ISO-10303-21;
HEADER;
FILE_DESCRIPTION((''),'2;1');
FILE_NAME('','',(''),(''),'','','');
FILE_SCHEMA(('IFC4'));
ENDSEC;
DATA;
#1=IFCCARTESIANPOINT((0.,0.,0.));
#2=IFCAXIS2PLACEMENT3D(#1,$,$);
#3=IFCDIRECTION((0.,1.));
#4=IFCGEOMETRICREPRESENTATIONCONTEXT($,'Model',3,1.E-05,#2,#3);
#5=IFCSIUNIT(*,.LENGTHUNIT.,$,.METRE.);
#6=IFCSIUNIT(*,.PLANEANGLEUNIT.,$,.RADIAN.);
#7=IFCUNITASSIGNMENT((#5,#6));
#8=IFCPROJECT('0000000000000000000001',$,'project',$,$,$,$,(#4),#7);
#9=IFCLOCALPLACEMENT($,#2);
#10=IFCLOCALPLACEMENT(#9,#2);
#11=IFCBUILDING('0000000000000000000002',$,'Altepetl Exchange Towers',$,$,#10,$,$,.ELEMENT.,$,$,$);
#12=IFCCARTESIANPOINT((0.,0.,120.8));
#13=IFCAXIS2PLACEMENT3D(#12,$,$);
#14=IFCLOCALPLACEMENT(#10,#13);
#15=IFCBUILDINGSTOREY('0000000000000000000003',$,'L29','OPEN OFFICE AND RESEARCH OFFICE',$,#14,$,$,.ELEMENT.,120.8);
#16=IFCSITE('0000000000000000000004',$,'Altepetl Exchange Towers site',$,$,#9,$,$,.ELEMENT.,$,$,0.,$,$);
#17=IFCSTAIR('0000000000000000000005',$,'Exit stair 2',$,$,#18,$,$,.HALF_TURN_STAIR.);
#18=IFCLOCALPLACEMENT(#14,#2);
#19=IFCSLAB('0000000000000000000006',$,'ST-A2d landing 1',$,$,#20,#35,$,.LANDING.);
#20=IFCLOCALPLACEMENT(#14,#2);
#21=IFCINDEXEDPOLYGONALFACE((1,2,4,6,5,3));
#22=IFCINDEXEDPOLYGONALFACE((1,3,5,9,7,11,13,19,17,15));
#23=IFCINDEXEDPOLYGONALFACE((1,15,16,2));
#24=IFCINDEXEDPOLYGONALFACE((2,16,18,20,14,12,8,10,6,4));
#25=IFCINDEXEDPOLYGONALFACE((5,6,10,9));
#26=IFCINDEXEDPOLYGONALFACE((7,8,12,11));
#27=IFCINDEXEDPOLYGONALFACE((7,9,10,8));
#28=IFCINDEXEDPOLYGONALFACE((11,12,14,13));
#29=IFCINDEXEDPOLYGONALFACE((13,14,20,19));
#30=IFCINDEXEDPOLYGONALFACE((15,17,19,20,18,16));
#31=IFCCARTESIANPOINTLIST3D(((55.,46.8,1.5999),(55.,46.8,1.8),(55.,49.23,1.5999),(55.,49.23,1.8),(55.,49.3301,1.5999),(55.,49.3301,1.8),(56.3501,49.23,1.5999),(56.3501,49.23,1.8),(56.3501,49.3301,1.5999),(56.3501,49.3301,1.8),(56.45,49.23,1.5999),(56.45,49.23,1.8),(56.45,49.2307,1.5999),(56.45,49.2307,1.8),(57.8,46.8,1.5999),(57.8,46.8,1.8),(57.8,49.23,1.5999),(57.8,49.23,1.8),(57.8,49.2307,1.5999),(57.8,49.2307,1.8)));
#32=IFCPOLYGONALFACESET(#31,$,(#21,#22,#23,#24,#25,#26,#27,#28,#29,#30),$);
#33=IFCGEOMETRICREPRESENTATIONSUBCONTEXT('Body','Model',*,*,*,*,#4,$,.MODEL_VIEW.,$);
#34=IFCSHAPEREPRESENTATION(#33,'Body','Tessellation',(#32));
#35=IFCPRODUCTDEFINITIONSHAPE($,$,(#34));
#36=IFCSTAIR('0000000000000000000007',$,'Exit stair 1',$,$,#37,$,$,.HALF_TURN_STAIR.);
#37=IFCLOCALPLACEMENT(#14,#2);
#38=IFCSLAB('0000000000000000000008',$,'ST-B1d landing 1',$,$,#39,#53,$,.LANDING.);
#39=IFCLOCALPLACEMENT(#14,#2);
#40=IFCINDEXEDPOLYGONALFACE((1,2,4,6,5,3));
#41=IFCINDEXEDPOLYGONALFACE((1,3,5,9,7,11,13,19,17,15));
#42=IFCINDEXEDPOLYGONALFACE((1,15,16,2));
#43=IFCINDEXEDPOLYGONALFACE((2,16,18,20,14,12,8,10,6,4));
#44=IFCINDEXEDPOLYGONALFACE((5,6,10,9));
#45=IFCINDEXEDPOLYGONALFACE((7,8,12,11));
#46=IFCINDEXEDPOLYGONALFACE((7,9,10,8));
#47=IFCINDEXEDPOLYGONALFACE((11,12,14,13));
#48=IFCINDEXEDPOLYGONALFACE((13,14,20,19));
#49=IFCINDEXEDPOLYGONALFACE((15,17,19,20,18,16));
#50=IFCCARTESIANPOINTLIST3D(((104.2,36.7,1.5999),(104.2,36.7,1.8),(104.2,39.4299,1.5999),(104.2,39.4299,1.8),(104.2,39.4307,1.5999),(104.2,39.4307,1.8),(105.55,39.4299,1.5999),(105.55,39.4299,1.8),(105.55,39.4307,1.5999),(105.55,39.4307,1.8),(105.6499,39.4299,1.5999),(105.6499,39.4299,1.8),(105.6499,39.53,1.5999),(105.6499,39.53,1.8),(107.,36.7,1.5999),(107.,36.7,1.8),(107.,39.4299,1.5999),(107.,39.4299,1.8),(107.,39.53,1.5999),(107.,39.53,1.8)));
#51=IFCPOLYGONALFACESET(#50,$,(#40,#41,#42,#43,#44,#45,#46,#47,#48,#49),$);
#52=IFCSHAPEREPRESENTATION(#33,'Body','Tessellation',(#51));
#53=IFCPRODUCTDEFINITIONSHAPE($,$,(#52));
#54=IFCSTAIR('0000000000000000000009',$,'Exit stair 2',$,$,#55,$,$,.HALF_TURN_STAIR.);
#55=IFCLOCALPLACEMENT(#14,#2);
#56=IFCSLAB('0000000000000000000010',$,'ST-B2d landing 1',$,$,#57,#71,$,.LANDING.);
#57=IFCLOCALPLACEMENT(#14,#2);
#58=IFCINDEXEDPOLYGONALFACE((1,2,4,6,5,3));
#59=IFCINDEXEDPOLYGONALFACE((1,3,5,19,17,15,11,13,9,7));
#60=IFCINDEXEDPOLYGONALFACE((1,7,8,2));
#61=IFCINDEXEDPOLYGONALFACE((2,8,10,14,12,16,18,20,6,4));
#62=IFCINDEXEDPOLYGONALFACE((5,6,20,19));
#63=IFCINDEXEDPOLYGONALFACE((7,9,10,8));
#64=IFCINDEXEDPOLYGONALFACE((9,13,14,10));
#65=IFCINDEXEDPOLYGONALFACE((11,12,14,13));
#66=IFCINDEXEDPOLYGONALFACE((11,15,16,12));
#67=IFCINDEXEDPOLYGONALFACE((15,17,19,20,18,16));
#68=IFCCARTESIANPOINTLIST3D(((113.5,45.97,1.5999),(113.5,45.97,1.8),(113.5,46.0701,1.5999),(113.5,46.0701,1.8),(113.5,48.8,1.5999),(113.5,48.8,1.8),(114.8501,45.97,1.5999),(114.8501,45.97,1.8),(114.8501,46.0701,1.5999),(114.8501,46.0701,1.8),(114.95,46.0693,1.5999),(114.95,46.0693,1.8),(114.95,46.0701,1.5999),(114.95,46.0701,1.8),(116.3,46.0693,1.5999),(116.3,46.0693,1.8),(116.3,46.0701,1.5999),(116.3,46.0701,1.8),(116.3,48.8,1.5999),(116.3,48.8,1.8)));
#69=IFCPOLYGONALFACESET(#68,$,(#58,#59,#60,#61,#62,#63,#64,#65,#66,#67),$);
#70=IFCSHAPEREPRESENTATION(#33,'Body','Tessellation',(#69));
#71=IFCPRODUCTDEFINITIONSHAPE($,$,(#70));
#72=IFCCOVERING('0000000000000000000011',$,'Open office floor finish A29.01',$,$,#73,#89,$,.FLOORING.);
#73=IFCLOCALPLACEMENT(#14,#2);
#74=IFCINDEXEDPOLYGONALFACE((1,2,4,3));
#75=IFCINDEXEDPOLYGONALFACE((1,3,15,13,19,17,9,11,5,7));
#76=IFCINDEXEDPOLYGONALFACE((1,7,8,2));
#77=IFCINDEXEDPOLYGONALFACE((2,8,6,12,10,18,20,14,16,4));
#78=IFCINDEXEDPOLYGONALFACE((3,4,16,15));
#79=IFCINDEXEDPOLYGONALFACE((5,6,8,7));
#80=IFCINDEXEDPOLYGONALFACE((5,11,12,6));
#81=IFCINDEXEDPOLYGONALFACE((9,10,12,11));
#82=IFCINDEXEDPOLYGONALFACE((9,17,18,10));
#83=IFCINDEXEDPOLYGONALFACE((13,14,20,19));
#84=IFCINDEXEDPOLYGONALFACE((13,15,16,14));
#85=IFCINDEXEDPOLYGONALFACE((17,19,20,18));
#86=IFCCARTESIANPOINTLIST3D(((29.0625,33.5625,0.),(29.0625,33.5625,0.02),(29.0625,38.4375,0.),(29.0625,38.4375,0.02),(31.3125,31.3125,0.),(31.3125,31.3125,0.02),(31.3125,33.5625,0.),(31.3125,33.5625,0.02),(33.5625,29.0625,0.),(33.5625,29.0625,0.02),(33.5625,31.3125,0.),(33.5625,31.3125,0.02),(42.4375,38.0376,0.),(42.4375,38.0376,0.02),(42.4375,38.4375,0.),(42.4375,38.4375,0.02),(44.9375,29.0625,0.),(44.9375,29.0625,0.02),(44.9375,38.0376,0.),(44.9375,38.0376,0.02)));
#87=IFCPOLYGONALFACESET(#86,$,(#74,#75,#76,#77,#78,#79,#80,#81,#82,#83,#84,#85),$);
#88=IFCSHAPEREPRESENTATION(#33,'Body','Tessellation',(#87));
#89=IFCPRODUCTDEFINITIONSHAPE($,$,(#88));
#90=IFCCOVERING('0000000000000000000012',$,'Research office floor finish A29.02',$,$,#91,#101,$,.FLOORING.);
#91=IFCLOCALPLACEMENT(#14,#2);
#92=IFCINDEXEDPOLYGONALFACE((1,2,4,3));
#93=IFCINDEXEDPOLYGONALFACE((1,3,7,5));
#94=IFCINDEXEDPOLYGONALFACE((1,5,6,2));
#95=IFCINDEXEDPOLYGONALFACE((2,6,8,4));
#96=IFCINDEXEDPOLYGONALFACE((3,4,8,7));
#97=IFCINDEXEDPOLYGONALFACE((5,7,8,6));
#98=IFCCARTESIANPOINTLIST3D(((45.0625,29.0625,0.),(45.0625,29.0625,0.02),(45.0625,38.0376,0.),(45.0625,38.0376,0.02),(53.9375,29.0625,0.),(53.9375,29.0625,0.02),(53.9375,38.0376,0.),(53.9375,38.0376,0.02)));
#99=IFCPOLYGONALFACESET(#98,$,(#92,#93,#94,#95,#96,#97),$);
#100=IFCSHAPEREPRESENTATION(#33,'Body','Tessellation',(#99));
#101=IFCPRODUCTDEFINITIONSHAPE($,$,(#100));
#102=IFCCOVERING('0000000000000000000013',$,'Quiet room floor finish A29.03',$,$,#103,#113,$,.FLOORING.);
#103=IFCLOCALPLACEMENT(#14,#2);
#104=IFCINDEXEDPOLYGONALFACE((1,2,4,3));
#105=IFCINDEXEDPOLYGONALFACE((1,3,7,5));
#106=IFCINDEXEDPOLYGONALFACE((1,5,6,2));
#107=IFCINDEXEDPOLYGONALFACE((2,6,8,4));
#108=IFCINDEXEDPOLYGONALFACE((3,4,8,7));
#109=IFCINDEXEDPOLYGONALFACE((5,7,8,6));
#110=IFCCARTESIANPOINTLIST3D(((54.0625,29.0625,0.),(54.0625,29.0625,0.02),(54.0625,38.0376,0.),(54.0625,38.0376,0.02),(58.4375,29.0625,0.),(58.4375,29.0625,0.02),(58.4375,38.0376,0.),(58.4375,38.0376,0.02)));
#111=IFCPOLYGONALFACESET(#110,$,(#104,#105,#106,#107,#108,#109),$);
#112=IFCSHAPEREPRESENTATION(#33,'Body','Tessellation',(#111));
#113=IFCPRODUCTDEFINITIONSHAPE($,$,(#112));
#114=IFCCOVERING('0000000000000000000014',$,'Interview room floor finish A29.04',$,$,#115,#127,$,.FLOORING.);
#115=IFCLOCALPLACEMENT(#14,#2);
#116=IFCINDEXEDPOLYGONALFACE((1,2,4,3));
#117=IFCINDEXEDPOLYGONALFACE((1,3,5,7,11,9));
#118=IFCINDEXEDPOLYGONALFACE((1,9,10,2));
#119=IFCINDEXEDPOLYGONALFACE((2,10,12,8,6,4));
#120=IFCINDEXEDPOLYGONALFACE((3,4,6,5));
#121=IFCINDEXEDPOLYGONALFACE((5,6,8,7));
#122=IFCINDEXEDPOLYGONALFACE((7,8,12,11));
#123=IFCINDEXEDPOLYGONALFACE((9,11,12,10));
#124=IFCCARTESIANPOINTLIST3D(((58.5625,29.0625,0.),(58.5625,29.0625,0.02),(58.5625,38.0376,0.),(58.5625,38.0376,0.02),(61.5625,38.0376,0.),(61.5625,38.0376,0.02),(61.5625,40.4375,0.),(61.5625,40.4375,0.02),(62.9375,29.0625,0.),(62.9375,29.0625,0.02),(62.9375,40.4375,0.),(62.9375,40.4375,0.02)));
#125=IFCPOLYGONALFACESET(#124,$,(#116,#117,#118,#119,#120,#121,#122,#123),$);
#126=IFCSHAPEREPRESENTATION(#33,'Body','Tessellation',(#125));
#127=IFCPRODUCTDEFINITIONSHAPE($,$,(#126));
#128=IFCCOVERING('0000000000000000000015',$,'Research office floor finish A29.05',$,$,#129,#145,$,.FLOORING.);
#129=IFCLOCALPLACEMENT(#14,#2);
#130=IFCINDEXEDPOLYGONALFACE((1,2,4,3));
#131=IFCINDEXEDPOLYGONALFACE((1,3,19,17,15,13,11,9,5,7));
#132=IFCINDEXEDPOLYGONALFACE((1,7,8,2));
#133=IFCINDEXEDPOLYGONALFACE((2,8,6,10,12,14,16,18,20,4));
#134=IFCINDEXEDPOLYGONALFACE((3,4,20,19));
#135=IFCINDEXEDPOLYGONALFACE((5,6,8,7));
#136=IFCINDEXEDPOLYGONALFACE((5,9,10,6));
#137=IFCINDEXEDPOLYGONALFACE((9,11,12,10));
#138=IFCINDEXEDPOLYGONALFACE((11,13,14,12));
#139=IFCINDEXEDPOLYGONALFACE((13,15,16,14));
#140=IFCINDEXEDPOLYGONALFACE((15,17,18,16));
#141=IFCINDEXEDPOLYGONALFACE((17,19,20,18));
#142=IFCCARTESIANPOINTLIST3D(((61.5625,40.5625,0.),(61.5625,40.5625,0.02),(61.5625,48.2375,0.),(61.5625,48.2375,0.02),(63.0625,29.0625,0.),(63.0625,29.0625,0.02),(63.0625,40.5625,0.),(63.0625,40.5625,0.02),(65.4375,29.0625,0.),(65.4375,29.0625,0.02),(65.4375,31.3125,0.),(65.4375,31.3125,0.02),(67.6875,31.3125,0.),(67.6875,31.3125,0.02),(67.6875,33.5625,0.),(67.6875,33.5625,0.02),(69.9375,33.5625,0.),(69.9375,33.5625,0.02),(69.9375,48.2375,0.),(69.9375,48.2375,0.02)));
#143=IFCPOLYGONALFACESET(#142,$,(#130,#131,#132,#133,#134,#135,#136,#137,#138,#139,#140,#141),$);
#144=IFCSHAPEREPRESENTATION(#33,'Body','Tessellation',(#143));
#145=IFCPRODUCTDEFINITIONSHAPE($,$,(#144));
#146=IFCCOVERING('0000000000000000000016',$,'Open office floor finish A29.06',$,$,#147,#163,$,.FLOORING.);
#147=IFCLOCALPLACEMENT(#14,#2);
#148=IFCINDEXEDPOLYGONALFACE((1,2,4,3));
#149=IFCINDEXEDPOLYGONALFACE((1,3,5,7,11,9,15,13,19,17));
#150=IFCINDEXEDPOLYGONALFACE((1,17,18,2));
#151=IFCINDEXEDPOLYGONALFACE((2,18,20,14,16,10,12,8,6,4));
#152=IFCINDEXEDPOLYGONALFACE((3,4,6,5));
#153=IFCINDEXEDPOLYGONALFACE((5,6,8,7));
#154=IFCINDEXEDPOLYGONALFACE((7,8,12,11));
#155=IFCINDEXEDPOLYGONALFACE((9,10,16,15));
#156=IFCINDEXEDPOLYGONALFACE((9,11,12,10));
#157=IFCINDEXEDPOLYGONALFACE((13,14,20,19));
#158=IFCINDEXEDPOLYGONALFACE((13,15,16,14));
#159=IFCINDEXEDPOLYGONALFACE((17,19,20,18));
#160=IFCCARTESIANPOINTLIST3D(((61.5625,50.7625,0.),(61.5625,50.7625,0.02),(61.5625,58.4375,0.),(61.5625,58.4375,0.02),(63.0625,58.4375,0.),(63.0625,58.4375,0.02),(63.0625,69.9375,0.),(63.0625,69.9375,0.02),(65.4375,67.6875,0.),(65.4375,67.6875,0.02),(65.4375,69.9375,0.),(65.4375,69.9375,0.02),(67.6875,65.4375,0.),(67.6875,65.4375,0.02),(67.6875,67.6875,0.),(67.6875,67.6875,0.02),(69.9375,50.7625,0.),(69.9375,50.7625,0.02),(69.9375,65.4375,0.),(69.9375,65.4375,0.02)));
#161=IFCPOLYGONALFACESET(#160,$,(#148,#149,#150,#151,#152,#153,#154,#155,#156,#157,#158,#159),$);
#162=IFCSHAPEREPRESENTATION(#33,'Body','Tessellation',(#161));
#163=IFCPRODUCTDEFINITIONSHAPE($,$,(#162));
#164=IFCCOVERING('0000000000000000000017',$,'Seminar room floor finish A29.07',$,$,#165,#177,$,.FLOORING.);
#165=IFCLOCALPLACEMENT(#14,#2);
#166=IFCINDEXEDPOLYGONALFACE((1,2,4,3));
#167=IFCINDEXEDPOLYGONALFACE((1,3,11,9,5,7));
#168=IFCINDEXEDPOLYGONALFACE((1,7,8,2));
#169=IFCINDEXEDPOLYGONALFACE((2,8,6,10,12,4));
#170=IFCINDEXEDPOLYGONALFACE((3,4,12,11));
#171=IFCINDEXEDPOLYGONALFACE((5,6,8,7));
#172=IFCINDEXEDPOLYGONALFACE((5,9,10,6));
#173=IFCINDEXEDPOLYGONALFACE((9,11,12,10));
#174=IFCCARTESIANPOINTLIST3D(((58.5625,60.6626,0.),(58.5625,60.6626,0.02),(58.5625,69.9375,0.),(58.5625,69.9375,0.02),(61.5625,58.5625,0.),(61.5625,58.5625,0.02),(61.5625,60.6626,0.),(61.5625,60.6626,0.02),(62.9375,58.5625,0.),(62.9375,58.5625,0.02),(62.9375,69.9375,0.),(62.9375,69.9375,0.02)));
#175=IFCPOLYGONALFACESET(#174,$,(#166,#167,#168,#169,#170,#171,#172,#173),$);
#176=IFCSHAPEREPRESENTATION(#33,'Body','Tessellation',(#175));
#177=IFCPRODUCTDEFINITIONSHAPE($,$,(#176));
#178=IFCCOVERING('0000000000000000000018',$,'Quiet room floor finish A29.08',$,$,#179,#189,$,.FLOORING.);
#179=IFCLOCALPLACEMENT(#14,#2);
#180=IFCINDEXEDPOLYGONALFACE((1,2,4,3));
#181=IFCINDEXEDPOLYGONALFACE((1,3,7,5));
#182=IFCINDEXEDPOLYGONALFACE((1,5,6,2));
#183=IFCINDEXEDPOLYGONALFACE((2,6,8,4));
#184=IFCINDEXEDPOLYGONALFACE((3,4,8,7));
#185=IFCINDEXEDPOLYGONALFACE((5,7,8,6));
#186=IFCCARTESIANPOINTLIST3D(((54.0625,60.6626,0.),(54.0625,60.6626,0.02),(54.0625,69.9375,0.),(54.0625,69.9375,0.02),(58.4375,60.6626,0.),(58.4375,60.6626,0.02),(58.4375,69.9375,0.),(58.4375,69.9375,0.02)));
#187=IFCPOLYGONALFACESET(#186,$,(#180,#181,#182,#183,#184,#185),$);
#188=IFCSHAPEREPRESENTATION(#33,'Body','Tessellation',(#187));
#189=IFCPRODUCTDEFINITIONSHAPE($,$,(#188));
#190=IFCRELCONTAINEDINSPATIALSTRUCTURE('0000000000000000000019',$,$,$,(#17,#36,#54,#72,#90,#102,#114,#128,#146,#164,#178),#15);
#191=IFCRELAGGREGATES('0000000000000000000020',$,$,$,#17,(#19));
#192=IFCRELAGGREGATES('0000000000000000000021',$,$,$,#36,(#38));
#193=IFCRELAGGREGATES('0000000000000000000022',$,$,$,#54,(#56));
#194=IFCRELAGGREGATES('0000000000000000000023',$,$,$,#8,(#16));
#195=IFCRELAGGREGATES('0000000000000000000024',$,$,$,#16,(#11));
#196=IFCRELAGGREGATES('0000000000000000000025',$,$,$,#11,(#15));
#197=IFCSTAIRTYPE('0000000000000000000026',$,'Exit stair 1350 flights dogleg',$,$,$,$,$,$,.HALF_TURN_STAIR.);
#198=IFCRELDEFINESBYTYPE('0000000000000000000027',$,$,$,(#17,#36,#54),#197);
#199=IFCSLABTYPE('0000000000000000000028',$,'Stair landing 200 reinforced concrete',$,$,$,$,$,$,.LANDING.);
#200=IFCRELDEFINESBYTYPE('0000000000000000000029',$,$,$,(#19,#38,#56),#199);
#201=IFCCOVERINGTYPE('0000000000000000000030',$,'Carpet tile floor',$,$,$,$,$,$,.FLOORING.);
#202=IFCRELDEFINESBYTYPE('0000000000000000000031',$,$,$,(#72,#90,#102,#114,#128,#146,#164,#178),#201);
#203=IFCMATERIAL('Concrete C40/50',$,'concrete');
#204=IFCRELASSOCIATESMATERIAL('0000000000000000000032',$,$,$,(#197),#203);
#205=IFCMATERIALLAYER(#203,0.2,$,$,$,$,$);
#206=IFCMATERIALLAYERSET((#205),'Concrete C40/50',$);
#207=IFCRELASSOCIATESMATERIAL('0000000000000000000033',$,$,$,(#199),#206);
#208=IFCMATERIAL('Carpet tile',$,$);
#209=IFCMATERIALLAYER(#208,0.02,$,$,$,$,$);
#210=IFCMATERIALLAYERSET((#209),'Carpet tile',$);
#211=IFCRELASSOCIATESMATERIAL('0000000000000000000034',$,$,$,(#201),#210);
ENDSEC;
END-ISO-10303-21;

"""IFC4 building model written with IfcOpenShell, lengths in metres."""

from ifc_helpers import new_model, si_unit, direction, frame, origin, place, context, subcontext, project, spatial, polyline, outline, extrude, material, layer, layer_set, type_object, element, aggregate, save


model = new_model("IFC4")

# Units and contexts
model_context = context("Model", 3, precision=1e-05, world=origin(), true_north=direction((0.0, 1.0)))
body_context = subcontext(model_context, "Body", "Model", "MODEL_VIEW")
ifc_project = project(units=[si_unit("LENGTHUNIT", "METRE"), si_unit("PLANEANGLEUNIT", "RADIAN")], contexts=[model_context])

# Site, building, storey
site_placement = place(None, origin())
site = spatial("IfcSite", under=ifc_project, at=site_placement, Name="Altepetl Exchange Towers site", CompositionType="ELEMENT", RefElevation=0.0)
building_placement = place(site_placement, origin())
building = spatial("IfcBuilding", under=site, at=building_placement, Name="Altepetl Exchange Towers", CompositionType="ELEMENT")
storey_placement = place(building_placement, frame((0.0, 0.0, 120.8)))
storey = spatial("IfcBuildingStorey", under=building, at=storey_placement, Name="L29", Description="OPEN OFFICE AND RESEARCH OFFICE", CompositionType="ELEMENT", Elevation=120.8)

# Shared definitions
ifc_material_1 = material(Name="Concrete C40/50", Category="concrete")

# Stairs, slabs
stair_type = type_object("IfcStairType", Name="Exit stair 1350 flights dogleg", PredefinedType="HALF_TURN_STAIR", material=ifc_material_1)
ifc_layer_1 = layer(ifc_material_1, 0.2)
ifc_layer_set_1 = layer_set([ifc_layer_1], Name="Concrete C40/50")
slab_type_1 = type_object("IfcSlabType", Name="Stair landing 200 reinforced concrete", PredefinedType="LANDING", material=ifc_layer_set_1)
stair_1_placement = place(storey_placement, origin())
stair_1 = element("IfcStair", 1, at=stair_1_placement, inside=storey, type_object=stair_type, Name="Exit stair 2", PredefinedType="HALF_TURN_STAIR")
slab_1_placement = place(storey_placement, frame((0.0, 0.0, 1.5999)))
slab_1 = element("IfcSlab", 2, at=slab_1_placement, type_object=slab_type_1, Name="ST-A2d landing 1", PredefinedType="LANDING", context=body_context, shape_type="SweptSolid", body=[
    extrude(outline(polyline([(57.8, 46.8), (55.0, 46.8), (55.0, 49.23), (55.0, 49.3301), (56.3501, 49.3301), (56.3501, 49.23), (56.45, 49.23), (56.45, 49.2307), (57.8, 49.2307), (57.8, 49.23), (57.8, 46.8)])), origin(), (0.0, 0.0, 1.0), 0.2002),
])
aggregate(stair_1, [slab_1])
stair_2_placement = place(storey_placement, origin())
stair_2 = element("IfcStair", 3, at=stair_2_placement, inside=storey, type_object=stair_type, Name="Exit stair 1", PredefinedType="HALF_TURN_STAIR")
slab_2_placement = place(storey_placement, frame((0.0, 0.0, 1.5999)))
slab_2 = element("IfcSlab", 4, at=slab_2_placement, type_object=slab_type_1, Name="ST-B1d landing 1", PredefinedType="LANDING", context=body_context, shape_type="SweptSolid", body=[
    extrude(outline(polyline([(107.0, 36.7), (104.2, 36.7), (104.2, 39.4299), (104.2, 39.4307), (105.55, 39.4307), (105.55, 39.4299), (105.6499, 39.4299), (105.6499, 39.53), (107.0, 39.53), (107.0, 39.4299), (107.0, 36.7)])), origin(), (0.0, 0.0, 1.0), 0.2002),
])
aggregate(stair_2, [slab_2])
stair_3_placement = place(storey_placement, origin())
stair_3 = element("IfcStair", 5, at=stair_3_placement, inside=storey, type_object=stair_type, Name="Exit stair 2", PredefinedType="HALF_TURN_STAIR")
slab_3_placement = place(storey_placement, frame((0.0, 0.0, 1.5999)))
slab_3 = element("IfcSlab", 6, at=slab_3_placement, type_object=slab_type_1, Name="ST-B2d landing 1", PredefinedType="LANDING", context=body_context, shape_type="SweptSolid", body=[
    extrude(outline(polyline([(114.8501, 45.97), (113.5, 45.97), (113.5, 46.0701), (113.5, 48.8), (116.3, 48.8), (116.3, 46.0701), (116.3, 46.0693), (114.95, 46.0693), (114.95, 46.0701), (114.8501, 46.0701), (114.8501, 45.97)])), origin(), (0.0, 0.0, 1.0), 0.2002),
])
aggregate(stair_3, [slab_3])

# Coverings
ifc_material_2 = material(Name="Carpet tile")
ifc_layer_2 = layer(ifc_material_2, 0.02)
ifc_layer_set_2 = layer_set([ifc_layer_2], Name="Carpet tile")
covering_type_1 = type_object("IfcCoveringType", Name="Carpet tile floor", PredefinedType="FLOORING", material=ifc_layer_set_2)
covering_1_placement = place(storey_placement, origin())
element("IfcCovering", 7, at=covering_1_placement, inside=storey, type_object=covering_type_1, Name="Open office floor finish A29.01", PredefinedType="FLOORING", context=body_context, shape_type="SweptSolid", body=[
    extrude(outline(polyline([(33.5625, 29.0625), (44.9375, 29.0625), (44.9375, 38.0376), (42.4375, 38.0376), (42.4375, 38.4375), (29.0625, 38.4375), (29.0625, 33.5625), (31.3125, 33.5625), (31.3125, 31.3125), (33.5625, 31.3125), (33.5625, 29.0625)])), origin(), (0.0, 0.0, 1.0), 0.02),
])
covering_2_placement = place(storey_placement, origin())
element("IfcCovering", 8, at=covering_2_placement, inside=storey, type_object=covering_type_1, Name="Research office floor finish A29.02", PredefinedType="FLOORING", context=body_context, shape_type="SweptSolid", body=[
    extrude(outline(polyline([(53.9375, 29.0625), (53.9375, 38.0376), (45.0625, 38.0376), (45.0625, 29.0625), (53.9375, 29.0625)])), origin(), (0.0, 0.0, 1.0), 0.02),
])
covering_3_placement = place(storey_placement, origin())
element("IfcCovering", 9, at=covering_3_placement, inside=storey, type_object=covering_type_1, Name="Quiet room floor finish A29.03", PredefinedType="FLOORING", context=body_context, shape_type="SweptSolid", body=[
    extrude(outline(polyline([(58.4375, 29.0625), (58.4375, 38.0376), (54.0625, 38.0376), (54.0625, 29.0625), (58.4375, 29.0625)])), origin(), (0.0, 0.0, 1.0), 0.02),
])
covering_4_placement = place(storey_placement, origin())
element("IfcCovering", 10, at=covering_4_placement, inside=storey, type_object=covering_type_1, Name="Interview room floor finish A29.04", PredefinedType="FLOORING", context=body_context, shape_type="SweptSolid", body=[
    extrude(outline(polyline([(62.9375, 29.0625), (62.9375, 40.4375), (61.5625, 40.4375), (61.5625, 38.0376), (58.5625, 38.0376), (58.5625, 29.0625), (62.9375, 29.0625)])), origin(), (0.0, 0.0, 1.0), 0.02),
])
covering_5_placement = place(storey_placement, origin())
element("IfcCovering", 11, at=covering_5_placement, inside=storey, type_object=covering_type_1, Name="Research office floor finish A29.05", PredefinedType="FLOORING", context=body_context, shape_type="SweptSolid", body=[
    extrude(outline(polyline([(67.6875, 31.3125), (67.6875, 33.5625), (69.9375, 33.5625), (69.9375, 48.2375), (61.5625, 48.2375), (61.5625, 40.5625), (63.0625, 40.5625), (63.0625, 29.0625), (65.4375, 29.0625), (65.4375, 31.3125), (67.6875, 31.3125)])), origin(), (0.0, 0.0, 1.0), 0.02),
])
covering_6_placement = place(storey_placement, origin())
element("IfcCovering", 12, at=covering_6_placement, inside=storey, type_object=covering_type_1, Name="Open office floor finish A29.06", PredefinedType="FLOORING", context=body_context, shape_type="SweptSolid", body=[
    extrude(outline(polyline([(61.5625, 50.7625), (69.9375, 50.7625), (69.9375, 65.4375), (67.6875, 65.4375), (67.6875, 67.6875), (65.4375, 67.6875), (65.4375, 69.9375), (63.0625, 69.9375), (63.0625, 58.4375), (61.5625, 58.4375), (61.5625, 50.7625)])), origin(), (0.0, 0.0, 1.0), 0.02),
])
covering_7_placement = place(storey_placement, origin())
element("IfcCovering", 13, at=covering_7_placement, inside=storey, type_object=covering_type_1, Name="Seminar room floor finish A29.07", PredefinedType="FLOORING", context=body_context, shape_type="SweptSolid", body=[
    extrude(outline(polyline([(61.5625, 58.5625), (62.9375, 58.5625), (62.9375, 69.9375), (58.5625, 69.9375), (58.5625, 60.6626), (61.5625, 60.6626), (61.5625, 58.5625)])), origin(), (0.0, 0.0, 1.0), 0.02),
])
covering_8_placement = place(storey_placement, origin())
element("IfcCovering", 14, at=covering_8_placement, inside=storey, type_object=covering_type_1, Name="Quiet room floor finish A29.08", PredefinedType="FLOORING", context=body_context, shape_type="SweptSolid", body=[
    extrude(outline(polyline([(58.4375, 60.6626), (58.4375, 69.9375), (54.0625, 69.9375), (54.0625, 60.6626), (58.4375, 60.6626)])), origin(), (0.0, 0.0, 1.0), 0.02),
])

save(model, "model.ifc")
